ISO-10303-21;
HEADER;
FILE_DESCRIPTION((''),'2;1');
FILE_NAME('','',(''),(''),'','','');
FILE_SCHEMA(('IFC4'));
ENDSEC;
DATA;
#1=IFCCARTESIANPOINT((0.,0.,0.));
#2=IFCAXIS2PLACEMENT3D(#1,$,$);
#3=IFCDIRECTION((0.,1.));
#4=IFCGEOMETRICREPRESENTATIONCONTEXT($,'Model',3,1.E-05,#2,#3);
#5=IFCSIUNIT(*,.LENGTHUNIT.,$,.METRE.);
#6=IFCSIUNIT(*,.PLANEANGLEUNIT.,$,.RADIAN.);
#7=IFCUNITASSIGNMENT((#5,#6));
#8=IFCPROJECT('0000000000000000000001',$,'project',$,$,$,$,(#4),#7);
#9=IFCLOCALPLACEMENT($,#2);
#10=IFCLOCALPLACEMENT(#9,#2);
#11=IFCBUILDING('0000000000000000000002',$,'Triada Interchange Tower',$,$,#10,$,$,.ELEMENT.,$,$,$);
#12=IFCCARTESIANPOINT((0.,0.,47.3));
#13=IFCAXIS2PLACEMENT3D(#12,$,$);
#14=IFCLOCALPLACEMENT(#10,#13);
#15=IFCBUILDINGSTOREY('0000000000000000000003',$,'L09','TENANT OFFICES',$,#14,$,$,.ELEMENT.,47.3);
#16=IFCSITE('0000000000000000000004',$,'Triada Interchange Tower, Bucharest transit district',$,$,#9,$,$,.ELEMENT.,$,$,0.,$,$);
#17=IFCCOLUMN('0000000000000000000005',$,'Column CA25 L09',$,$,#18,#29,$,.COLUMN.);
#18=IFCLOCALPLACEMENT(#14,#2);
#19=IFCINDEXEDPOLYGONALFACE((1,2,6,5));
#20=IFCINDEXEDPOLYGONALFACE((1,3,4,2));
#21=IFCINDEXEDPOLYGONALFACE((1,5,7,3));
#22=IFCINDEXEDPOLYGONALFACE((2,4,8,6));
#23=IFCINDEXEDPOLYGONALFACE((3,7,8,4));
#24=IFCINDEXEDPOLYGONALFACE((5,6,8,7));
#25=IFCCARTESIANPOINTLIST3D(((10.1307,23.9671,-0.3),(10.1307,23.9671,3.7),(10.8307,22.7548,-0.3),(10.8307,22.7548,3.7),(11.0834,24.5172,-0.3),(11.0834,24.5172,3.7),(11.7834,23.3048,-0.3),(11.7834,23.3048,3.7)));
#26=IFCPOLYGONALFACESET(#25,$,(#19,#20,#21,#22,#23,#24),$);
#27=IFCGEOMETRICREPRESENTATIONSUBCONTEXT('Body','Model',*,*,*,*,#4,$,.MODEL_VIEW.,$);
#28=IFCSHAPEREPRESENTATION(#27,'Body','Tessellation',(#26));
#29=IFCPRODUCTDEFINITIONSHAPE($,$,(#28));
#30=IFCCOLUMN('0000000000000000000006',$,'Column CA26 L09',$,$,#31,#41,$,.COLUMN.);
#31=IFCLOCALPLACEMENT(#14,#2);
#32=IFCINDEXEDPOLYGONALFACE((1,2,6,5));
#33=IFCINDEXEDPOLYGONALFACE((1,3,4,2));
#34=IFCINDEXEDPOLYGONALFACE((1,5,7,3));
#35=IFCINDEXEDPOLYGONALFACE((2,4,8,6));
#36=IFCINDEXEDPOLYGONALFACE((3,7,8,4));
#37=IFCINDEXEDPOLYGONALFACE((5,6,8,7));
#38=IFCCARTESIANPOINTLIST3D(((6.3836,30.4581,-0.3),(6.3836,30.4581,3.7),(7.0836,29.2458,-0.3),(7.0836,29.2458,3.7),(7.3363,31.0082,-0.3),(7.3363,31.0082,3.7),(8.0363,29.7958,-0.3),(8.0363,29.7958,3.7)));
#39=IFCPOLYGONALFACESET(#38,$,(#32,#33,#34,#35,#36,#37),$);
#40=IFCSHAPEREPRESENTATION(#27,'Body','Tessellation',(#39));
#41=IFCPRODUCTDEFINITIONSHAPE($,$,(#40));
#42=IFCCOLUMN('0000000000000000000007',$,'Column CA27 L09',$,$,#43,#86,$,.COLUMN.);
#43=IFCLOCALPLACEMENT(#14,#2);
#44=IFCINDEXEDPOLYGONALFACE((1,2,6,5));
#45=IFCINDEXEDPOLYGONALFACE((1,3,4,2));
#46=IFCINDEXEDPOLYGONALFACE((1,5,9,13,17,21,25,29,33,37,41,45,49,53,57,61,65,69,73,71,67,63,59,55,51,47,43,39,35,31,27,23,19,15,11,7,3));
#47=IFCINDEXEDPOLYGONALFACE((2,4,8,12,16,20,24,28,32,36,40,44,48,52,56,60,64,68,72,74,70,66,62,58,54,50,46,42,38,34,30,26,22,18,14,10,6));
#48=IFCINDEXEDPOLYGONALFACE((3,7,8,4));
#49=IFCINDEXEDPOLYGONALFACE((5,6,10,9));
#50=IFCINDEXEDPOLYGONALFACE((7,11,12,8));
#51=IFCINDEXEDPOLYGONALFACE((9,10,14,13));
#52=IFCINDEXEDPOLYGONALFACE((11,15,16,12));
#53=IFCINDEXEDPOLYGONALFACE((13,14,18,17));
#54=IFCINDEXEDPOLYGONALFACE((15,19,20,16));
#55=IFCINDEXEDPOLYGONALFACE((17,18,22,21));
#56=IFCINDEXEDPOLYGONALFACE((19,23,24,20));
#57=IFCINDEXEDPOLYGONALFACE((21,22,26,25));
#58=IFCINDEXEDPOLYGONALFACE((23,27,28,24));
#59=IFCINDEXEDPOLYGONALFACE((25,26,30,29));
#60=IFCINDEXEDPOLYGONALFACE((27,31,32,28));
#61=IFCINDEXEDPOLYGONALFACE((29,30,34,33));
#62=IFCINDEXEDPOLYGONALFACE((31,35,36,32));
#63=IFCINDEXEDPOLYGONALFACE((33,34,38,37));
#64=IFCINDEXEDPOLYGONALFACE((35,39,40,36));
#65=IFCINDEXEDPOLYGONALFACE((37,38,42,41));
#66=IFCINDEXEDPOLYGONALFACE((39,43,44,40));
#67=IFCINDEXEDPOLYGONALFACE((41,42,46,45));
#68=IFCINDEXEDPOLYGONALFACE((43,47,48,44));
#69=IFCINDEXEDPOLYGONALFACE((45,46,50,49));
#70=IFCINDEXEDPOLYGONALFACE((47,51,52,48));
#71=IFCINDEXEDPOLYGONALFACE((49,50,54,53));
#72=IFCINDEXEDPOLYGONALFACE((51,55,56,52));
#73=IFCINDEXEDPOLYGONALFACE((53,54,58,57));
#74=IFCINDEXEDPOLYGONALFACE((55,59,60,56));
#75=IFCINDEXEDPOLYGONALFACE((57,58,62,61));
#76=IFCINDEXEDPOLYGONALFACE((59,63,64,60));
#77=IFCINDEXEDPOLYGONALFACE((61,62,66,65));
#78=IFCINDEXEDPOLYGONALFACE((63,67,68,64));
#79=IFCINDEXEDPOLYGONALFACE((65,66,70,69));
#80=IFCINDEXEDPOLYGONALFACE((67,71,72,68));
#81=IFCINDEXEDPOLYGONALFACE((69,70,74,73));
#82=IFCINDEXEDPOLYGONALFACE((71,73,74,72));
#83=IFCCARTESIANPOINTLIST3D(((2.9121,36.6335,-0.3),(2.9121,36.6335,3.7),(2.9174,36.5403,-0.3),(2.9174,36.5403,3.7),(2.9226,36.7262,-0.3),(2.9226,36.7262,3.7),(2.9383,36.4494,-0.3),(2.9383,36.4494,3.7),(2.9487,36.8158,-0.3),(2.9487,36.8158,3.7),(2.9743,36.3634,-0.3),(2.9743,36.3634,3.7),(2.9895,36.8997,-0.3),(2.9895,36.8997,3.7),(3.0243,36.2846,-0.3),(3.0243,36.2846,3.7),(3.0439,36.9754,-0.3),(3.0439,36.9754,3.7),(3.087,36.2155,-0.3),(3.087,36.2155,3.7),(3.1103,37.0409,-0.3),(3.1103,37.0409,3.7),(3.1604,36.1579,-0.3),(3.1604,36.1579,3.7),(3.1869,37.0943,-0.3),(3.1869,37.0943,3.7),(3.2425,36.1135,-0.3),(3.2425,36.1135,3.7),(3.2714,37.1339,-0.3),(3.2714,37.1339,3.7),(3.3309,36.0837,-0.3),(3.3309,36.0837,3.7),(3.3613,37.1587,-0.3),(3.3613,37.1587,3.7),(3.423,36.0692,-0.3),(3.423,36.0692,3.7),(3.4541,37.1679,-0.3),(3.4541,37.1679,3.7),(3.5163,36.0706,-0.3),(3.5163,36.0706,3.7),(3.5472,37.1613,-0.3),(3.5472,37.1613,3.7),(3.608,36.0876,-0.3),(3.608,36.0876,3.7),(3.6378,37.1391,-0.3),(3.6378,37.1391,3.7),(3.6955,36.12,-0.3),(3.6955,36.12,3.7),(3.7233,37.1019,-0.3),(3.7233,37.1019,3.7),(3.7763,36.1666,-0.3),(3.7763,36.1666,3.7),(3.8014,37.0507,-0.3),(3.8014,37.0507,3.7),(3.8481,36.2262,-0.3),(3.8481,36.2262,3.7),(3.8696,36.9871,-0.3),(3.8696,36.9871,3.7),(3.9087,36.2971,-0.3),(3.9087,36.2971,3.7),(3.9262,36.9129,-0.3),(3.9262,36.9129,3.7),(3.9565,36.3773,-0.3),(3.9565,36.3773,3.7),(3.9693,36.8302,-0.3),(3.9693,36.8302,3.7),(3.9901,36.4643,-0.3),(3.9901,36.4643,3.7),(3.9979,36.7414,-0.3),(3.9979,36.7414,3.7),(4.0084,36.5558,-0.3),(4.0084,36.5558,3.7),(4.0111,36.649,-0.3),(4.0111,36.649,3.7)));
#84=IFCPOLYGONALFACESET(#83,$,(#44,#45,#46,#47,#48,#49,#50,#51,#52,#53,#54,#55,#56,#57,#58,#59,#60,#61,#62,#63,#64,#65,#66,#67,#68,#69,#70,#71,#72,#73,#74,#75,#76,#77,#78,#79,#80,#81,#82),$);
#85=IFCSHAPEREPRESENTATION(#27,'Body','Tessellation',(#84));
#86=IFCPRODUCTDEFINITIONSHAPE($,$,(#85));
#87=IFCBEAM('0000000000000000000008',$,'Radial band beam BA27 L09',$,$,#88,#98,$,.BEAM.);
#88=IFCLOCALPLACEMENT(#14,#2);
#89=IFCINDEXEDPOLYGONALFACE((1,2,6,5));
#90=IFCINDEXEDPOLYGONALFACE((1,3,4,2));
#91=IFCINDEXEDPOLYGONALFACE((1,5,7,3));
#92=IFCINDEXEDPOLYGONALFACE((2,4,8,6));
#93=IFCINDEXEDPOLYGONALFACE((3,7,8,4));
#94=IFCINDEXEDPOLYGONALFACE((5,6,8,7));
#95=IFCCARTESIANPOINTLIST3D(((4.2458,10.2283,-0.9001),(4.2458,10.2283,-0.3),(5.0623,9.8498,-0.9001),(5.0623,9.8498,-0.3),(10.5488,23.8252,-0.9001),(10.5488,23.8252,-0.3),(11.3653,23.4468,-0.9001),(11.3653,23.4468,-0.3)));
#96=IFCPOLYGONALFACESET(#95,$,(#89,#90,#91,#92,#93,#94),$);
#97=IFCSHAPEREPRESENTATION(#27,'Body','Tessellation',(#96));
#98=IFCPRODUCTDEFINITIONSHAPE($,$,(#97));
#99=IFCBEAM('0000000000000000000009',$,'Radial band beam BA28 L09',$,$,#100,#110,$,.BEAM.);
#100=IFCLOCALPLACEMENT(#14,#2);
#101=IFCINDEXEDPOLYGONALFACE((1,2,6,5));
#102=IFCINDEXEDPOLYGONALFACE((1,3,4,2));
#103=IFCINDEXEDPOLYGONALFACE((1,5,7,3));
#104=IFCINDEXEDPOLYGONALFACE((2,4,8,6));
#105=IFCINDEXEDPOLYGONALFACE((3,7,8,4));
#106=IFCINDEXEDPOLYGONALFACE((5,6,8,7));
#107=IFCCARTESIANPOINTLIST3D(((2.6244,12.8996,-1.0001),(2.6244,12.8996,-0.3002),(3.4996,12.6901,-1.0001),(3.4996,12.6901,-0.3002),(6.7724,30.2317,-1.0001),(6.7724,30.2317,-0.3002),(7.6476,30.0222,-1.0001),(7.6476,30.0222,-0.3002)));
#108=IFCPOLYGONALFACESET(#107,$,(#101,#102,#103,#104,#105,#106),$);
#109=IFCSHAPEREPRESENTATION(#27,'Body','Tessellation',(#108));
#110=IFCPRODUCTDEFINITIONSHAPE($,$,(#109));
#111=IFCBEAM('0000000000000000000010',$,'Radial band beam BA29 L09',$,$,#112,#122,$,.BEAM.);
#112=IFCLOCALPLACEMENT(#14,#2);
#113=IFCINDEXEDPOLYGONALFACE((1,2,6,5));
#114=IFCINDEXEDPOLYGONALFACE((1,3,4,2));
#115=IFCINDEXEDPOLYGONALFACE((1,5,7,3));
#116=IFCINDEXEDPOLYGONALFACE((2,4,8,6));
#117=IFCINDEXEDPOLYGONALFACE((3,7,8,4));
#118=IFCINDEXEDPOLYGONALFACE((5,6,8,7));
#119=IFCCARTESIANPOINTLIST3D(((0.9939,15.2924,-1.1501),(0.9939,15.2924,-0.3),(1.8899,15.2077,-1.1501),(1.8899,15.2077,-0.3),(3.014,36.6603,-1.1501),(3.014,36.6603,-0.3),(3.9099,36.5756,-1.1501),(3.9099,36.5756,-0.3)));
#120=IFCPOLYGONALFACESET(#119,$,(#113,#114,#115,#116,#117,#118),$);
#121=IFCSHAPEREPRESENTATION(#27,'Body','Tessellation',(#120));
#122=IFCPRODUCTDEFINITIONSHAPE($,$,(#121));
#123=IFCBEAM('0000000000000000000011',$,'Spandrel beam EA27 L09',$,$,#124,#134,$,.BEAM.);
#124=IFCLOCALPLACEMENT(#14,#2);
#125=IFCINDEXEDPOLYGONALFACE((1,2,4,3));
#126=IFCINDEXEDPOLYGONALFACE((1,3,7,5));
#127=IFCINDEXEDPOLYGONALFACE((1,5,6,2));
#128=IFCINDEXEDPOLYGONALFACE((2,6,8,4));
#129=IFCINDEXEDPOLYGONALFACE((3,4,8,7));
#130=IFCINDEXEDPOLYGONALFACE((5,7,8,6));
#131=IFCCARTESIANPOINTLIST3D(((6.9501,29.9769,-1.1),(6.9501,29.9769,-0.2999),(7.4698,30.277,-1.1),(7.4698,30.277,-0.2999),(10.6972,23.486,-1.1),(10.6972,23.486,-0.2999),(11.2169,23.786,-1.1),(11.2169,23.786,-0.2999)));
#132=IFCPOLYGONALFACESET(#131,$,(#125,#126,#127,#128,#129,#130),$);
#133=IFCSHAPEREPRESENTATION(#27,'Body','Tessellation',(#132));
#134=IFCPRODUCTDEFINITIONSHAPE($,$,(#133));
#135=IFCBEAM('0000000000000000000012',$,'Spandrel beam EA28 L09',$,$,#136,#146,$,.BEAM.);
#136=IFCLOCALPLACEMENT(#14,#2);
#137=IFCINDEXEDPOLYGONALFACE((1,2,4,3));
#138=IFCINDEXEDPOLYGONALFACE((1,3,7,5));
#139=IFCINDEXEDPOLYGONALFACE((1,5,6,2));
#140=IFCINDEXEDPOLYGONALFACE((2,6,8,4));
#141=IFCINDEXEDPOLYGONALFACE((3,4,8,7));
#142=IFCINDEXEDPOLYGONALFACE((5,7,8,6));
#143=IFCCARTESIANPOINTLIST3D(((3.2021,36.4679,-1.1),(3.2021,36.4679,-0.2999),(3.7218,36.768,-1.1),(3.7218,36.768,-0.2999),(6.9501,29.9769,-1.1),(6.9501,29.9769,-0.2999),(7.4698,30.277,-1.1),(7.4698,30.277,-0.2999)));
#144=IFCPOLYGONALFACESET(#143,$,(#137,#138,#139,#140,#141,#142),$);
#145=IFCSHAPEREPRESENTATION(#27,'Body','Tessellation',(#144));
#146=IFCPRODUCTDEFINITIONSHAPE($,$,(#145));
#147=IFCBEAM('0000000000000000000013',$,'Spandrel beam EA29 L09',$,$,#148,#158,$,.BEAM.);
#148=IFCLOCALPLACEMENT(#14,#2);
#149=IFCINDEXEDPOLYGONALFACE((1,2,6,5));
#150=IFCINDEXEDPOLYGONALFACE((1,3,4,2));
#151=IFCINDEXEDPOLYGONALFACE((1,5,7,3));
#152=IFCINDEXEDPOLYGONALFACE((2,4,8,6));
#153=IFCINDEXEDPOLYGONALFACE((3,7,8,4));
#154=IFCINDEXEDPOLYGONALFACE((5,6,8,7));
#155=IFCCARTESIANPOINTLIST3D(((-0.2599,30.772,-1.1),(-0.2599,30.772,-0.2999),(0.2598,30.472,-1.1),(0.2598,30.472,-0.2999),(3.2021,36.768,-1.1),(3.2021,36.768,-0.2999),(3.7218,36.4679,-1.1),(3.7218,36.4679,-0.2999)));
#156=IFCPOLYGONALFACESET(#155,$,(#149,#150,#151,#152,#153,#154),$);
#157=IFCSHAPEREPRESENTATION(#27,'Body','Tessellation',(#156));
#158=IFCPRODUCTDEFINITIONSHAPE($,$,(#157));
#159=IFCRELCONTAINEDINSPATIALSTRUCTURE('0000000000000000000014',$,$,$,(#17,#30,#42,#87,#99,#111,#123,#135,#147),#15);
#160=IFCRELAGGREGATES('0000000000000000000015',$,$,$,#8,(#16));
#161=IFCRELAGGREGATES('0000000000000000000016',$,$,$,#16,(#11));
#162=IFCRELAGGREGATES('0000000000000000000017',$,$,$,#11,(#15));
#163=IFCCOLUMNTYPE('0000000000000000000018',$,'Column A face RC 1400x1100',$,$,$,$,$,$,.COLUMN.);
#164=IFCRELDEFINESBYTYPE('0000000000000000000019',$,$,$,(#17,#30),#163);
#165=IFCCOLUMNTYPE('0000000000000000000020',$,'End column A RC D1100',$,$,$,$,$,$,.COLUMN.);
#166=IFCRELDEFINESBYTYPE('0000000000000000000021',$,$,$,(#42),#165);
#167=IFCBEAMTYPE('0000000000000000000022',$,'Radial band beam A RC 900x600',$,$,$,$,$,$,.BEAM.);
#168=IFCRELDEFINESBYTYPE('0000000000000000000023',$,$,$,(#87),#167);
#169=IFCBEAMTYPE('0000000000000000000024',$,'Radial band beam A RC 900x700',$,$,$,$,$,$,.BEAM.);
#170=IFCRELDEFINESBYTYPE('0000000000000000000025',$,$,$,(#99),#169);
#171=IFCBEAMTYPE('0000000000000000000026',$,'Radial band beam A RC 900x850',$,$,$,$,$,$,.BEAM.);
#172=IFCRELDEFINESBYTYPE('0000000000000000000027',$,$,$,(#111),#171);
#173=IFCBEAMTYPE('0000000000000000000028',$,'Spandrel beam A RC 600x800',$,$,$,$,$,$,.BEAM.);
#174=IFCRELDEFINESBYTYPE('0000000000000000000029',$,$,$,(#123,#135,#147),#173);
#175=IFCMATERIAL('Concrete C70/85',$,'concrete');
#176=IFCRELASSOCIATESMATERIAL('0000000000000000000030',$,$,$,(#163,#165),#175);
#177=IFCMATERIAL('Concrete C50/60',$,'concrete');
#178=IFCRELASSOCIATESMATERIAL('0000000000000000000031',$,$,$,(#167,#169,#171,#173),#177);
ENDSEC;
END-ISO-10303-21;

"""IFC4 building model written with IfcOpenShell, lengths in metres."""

from ifc_helpers import new_model, si_unit, direction, frame, origin, origin_2d, place, context, subcontext, project, spatial, rectangle, circle, extrude, material, material_profile, profile_set, type_object, element, save


model = new_model("IFC4")

# Units and contexts
model_context = context("Model", 3, precision=1e-05, world=origin(), true_north=direction((0.0, 1.0)))
body_context = subcontext(model_context, "Body", "Model", "MODEL_VIEW")
ifc_project = project(units=[si_unit("LENGTHUNIT", "METRE"), si_unit("PLANEANGLEUNIT", "RADIAN")], contexts=[model_context])

# Site, building, storey
site_placement = place(None, origin())
site = spatial("IfcSite", under=ifc_project, at=site_placement, Name="Triada Interchange Tower, Bucharest transit district", CompositionType="ELEMENT", RefElevation=0.0)
building_placement = place(site_placement, origin())
building = spatial("IfcBuilding", under=site, at=building_placement, Name="Triada Interchange Tower", CompositionType="ELEMENT")
storey_placement = place(building_placement, frame((0.0, 0.0, 47.3)))
storey = spatial("IfcBuildingStorey", under=building, at=storey_placement, Name="L09", Description="TENANT OFFICES", CompositionType="ELEMENT", Elevation=47.3)

# Columns
ifc_material_1 = material(Name="Concrete C70/85", Category="concrete")
ifc_material_profile_1 = material_profile(ifc_material_1, rectangle(XDim=1.3999, YDim=1.1001, at=origin_2d()), Name="RC 1400x1100")
ifc_profile_set_1 = profile_set([ifc_material_profile_1], Name="Concrete C70/85")
column_type_1 = type_object("IfcColumnType", Name="Column A face RC 1400x1100", PredefinedType="COLUMN", material=ifc_profile_set_1)
for number, where, z_axis, x_axis, name in (
    (1, (10.957, 23.636, -0.3), (0.0, 0.0, 1.0), (-0.5, 0.866025, 0.0), "Column CA25 L09"),
    (2, (7.21, 30.127, -0.3), (0.0, 0.0, 1.0), (-0.5, 0.866025, 0.0), "Column CA26 L09"),
):
    element("IfcColumn", number, at=place(storey_placement, frame(where, z_axis=z_axis, x_axis=x_axis)), inside=storey, type_object=column_type_1, Name=name, PredefinedType="COLUMN", context=body_context, shape_type="SweptSolid", body=[
        extrude(rectangle(XDim=1.3999, YDim=1.1001, at=origin_2d()), origin(), (0.0, 0.0, 1.0), 4.0),
    ])
ifc_material_profile_2 = material_profile(ifc_material_1, circle(Radius=0.55, at=origin_2d()), Name="RC D1100")
ifc_profile_set_2 = profile_set([ifc_material_profile_2], Name="Concrete C70/85")
column_type_2 = type_object("IfcColumnType", Name="End column A RC D1100", PredefinedType="COLUMN", material=ifc_profile_set_2)
column_placement = place(storey_placement, frame((3.4619, 36.6179, -0.3), z_axis=(0.0, 0.0, 1.0), x_axis=(-0.5, 0.866025, 0.0)))
element("IfcColumn", 3, at=column_placement, inside=storey, type_object=column_type_2, Name="Column CA27 L09", PredefinedType="COLUMN", context=body_context, shape_type="SweptSolid", body=[
    extrude(circle(Radius=0.55, at=origin_2d()), origin(), (0.0, 0.0, 1.0), 4.0),
])

# Beams
ifc_material_2 = material(Name="Concrete C50/60", Category="concrete")
ifc_material_profile_3 = material_profile(ifc_material_2, rectangle(XDim=0.8999, YDim=0.6001, at=origin_2d()), Name="RC 900x600")
ifc_profile_set_3 = profile_set([ifc_material_profile_3], Name="Concrete C50/60")
beam_type_1 = type_object("IfcBeamType", Name="Radial band beam A RC 900x600", PredefinedType="BEAM", material=ifc_profile_set_3)
beam_1_placement = place(storey_placement, frame((10.957, 23.636, -0.6001), z_axis=(-0.420569, -0.907261, 0.0), x_axis=(0.907261, -0.420569, 0.0)))
element("IfcBeam", 4, at=beam_1_placement, inside=storey, type_object=beam_type_1, Name="Radial band beam BA27 L09", PredefinedType="BEAM", context=body_context, shape_type="SweptSolid", body=[
    extrude(rectangle(XDim=0.8999, YDim=0.6001, at=origin_2d()), origin(), (0.0, 0.0, 1.0), 14.9868),
])
ifc_material_profile_4 = material_profile(ifc_material_2, rectangle(XDim=0.8999, YDim=0.7, at=origin_2d()), Name="RC 900x700")
ifc_profile_set_4 = profile_set([ifc_material_profile_4], Name="Concrete C50/60")
beam_type_2 = type_object("IfcBeamType", Name="Radial band beam A RC 900x700", PredefinedType="BEAM", material=ifc_profile_set_4)
beam_2_placement = place(storey_placement, frame((7.21, 30.127, -0.6501), z_axis=(-0.23275, -0.972537, 0.0), x_axis=(0.972537, -0.23275, 0.0)))
element("IfcBeam", 5, at=beam_2_placement, inside=storey, type_object=beam_type_2, Name="Radial band beam BA28 L09", PredefinedType="BEAM", context=body_context, shape_type="SweptSolid", body=[
    extrude(rectangle(XDim=0.8999, YDim=0.7, at=origin_2d()), origin(), (0.0, 0.0, 1.0), 17.8215),
])
ifc_material_profile_5 = material_profile(ifc_material_2, rectangle(XDim=0.8999, YDim=0.8501, at=origin_2d()), Name="RC 900x850")
ifc_profile_set_5 = profile_set([ifc_material_profile_5], Name="Concrete C50/60")
beam_type_3 = type_object("IfcBeamType", Name="Radial band beam A RC 900x850", PredefinedType="BEAM", material=ifc_profile_set_5)
beam_3_placement = place(storey_placement, frame((3.4619, 36.6179, -0.7251), z_axis=(-0.094116, -0.995561, 0.0), x_axis=(0.995561, -0.094116, 0.0)))
element("IfcBeam", 6, at=beam_3_placement, inside=storey, type_object=beam_type_3, Name="Radial band beam BA29 L09", PredefinedType="BEAM", context=body_context, shape_type="SweptSolid", body=[
    extrude(rectangle(XDim=0.8999, YDim=0.8501, at=origin_2d()), origin(), (0.0, 0.0, 1.0), 21.4631),
])
ifc_material_profile_6 = material_profile(ifc_material_2, rectangle(XDim=0.6001, YDim=0.8, at=origin_2d()), Name="RC 600x800")
ifc_profile_set_6 = profile_set([ifc_material_profile_6], Name="Concrete C50/60")
beam_type_4 = type_object("IfcBeamType", Name="Spandrel beam A RC 600x800", PredefinedType="BEAM", material=ifc_profile_set_6)
beam_4_placement = place(storey_placement, frame((10.957, 23.636, -0.7), z_axis=(-0.499951, 0.866054, 0.0), x_axis=(-0.866054, -0.499951, 0.0)))
element("IfcBeam", 7, at=beam_4_placement, inside=storey, type_object=beam_type_4, Name="Spandrel beam EA27 L09", PredefinedType="BEAM", context=body_context, shape_type="SweptSolid", body=[
    extrude(rectangle(XDim=0.6001, YDim=0.8, at=origin_2d()), origin(), (0.0, 0.0, 1.0), 7.4949),
])
beam_5_placement = place(storey_placement, frame((7.21, 30.127, -0.7), z_axis=(-0.500049, 0.865997, 0.0), x_axis=(-0.865997, -0.500049, 0.0)))
element("IfcBeam", 8, at=beam_5_placement, inside=storey, type_object=beam_type_4, Name="Spandrel beam EA28 L09", PredefinedType="BEAM", context=body_context, shape_type="SweptSolid", body=[
    extrude(rectangle(XDim=0.6001, YDim=0.8, at=origin_2d()), origin(), (0.0, 0.0, 1.0), 7.4954),
])
beam_6_placement = place(storey_placement, frame((3.4619, 36.6179, -0.7), z_axis=(-0.500023, -0.866012, 0.0), x_axis=(0.866012, -0.500023, 0.0)))
element("IfcBeam", 9, at=beam_6_placement, inside=storey, type_object=beam_type_4, Name="Spandrel beam EA29 L09", PredefinedType="BEAM", context=body_context, shape_type="SweptSolid", body=[
    extrude(rectangle(XDim=0.6001, YDim=0.8, at=origin_2d()), origin(), (0.0, 0.0, 1.0), 6.9236),
])

save(model, "model.ifc")
